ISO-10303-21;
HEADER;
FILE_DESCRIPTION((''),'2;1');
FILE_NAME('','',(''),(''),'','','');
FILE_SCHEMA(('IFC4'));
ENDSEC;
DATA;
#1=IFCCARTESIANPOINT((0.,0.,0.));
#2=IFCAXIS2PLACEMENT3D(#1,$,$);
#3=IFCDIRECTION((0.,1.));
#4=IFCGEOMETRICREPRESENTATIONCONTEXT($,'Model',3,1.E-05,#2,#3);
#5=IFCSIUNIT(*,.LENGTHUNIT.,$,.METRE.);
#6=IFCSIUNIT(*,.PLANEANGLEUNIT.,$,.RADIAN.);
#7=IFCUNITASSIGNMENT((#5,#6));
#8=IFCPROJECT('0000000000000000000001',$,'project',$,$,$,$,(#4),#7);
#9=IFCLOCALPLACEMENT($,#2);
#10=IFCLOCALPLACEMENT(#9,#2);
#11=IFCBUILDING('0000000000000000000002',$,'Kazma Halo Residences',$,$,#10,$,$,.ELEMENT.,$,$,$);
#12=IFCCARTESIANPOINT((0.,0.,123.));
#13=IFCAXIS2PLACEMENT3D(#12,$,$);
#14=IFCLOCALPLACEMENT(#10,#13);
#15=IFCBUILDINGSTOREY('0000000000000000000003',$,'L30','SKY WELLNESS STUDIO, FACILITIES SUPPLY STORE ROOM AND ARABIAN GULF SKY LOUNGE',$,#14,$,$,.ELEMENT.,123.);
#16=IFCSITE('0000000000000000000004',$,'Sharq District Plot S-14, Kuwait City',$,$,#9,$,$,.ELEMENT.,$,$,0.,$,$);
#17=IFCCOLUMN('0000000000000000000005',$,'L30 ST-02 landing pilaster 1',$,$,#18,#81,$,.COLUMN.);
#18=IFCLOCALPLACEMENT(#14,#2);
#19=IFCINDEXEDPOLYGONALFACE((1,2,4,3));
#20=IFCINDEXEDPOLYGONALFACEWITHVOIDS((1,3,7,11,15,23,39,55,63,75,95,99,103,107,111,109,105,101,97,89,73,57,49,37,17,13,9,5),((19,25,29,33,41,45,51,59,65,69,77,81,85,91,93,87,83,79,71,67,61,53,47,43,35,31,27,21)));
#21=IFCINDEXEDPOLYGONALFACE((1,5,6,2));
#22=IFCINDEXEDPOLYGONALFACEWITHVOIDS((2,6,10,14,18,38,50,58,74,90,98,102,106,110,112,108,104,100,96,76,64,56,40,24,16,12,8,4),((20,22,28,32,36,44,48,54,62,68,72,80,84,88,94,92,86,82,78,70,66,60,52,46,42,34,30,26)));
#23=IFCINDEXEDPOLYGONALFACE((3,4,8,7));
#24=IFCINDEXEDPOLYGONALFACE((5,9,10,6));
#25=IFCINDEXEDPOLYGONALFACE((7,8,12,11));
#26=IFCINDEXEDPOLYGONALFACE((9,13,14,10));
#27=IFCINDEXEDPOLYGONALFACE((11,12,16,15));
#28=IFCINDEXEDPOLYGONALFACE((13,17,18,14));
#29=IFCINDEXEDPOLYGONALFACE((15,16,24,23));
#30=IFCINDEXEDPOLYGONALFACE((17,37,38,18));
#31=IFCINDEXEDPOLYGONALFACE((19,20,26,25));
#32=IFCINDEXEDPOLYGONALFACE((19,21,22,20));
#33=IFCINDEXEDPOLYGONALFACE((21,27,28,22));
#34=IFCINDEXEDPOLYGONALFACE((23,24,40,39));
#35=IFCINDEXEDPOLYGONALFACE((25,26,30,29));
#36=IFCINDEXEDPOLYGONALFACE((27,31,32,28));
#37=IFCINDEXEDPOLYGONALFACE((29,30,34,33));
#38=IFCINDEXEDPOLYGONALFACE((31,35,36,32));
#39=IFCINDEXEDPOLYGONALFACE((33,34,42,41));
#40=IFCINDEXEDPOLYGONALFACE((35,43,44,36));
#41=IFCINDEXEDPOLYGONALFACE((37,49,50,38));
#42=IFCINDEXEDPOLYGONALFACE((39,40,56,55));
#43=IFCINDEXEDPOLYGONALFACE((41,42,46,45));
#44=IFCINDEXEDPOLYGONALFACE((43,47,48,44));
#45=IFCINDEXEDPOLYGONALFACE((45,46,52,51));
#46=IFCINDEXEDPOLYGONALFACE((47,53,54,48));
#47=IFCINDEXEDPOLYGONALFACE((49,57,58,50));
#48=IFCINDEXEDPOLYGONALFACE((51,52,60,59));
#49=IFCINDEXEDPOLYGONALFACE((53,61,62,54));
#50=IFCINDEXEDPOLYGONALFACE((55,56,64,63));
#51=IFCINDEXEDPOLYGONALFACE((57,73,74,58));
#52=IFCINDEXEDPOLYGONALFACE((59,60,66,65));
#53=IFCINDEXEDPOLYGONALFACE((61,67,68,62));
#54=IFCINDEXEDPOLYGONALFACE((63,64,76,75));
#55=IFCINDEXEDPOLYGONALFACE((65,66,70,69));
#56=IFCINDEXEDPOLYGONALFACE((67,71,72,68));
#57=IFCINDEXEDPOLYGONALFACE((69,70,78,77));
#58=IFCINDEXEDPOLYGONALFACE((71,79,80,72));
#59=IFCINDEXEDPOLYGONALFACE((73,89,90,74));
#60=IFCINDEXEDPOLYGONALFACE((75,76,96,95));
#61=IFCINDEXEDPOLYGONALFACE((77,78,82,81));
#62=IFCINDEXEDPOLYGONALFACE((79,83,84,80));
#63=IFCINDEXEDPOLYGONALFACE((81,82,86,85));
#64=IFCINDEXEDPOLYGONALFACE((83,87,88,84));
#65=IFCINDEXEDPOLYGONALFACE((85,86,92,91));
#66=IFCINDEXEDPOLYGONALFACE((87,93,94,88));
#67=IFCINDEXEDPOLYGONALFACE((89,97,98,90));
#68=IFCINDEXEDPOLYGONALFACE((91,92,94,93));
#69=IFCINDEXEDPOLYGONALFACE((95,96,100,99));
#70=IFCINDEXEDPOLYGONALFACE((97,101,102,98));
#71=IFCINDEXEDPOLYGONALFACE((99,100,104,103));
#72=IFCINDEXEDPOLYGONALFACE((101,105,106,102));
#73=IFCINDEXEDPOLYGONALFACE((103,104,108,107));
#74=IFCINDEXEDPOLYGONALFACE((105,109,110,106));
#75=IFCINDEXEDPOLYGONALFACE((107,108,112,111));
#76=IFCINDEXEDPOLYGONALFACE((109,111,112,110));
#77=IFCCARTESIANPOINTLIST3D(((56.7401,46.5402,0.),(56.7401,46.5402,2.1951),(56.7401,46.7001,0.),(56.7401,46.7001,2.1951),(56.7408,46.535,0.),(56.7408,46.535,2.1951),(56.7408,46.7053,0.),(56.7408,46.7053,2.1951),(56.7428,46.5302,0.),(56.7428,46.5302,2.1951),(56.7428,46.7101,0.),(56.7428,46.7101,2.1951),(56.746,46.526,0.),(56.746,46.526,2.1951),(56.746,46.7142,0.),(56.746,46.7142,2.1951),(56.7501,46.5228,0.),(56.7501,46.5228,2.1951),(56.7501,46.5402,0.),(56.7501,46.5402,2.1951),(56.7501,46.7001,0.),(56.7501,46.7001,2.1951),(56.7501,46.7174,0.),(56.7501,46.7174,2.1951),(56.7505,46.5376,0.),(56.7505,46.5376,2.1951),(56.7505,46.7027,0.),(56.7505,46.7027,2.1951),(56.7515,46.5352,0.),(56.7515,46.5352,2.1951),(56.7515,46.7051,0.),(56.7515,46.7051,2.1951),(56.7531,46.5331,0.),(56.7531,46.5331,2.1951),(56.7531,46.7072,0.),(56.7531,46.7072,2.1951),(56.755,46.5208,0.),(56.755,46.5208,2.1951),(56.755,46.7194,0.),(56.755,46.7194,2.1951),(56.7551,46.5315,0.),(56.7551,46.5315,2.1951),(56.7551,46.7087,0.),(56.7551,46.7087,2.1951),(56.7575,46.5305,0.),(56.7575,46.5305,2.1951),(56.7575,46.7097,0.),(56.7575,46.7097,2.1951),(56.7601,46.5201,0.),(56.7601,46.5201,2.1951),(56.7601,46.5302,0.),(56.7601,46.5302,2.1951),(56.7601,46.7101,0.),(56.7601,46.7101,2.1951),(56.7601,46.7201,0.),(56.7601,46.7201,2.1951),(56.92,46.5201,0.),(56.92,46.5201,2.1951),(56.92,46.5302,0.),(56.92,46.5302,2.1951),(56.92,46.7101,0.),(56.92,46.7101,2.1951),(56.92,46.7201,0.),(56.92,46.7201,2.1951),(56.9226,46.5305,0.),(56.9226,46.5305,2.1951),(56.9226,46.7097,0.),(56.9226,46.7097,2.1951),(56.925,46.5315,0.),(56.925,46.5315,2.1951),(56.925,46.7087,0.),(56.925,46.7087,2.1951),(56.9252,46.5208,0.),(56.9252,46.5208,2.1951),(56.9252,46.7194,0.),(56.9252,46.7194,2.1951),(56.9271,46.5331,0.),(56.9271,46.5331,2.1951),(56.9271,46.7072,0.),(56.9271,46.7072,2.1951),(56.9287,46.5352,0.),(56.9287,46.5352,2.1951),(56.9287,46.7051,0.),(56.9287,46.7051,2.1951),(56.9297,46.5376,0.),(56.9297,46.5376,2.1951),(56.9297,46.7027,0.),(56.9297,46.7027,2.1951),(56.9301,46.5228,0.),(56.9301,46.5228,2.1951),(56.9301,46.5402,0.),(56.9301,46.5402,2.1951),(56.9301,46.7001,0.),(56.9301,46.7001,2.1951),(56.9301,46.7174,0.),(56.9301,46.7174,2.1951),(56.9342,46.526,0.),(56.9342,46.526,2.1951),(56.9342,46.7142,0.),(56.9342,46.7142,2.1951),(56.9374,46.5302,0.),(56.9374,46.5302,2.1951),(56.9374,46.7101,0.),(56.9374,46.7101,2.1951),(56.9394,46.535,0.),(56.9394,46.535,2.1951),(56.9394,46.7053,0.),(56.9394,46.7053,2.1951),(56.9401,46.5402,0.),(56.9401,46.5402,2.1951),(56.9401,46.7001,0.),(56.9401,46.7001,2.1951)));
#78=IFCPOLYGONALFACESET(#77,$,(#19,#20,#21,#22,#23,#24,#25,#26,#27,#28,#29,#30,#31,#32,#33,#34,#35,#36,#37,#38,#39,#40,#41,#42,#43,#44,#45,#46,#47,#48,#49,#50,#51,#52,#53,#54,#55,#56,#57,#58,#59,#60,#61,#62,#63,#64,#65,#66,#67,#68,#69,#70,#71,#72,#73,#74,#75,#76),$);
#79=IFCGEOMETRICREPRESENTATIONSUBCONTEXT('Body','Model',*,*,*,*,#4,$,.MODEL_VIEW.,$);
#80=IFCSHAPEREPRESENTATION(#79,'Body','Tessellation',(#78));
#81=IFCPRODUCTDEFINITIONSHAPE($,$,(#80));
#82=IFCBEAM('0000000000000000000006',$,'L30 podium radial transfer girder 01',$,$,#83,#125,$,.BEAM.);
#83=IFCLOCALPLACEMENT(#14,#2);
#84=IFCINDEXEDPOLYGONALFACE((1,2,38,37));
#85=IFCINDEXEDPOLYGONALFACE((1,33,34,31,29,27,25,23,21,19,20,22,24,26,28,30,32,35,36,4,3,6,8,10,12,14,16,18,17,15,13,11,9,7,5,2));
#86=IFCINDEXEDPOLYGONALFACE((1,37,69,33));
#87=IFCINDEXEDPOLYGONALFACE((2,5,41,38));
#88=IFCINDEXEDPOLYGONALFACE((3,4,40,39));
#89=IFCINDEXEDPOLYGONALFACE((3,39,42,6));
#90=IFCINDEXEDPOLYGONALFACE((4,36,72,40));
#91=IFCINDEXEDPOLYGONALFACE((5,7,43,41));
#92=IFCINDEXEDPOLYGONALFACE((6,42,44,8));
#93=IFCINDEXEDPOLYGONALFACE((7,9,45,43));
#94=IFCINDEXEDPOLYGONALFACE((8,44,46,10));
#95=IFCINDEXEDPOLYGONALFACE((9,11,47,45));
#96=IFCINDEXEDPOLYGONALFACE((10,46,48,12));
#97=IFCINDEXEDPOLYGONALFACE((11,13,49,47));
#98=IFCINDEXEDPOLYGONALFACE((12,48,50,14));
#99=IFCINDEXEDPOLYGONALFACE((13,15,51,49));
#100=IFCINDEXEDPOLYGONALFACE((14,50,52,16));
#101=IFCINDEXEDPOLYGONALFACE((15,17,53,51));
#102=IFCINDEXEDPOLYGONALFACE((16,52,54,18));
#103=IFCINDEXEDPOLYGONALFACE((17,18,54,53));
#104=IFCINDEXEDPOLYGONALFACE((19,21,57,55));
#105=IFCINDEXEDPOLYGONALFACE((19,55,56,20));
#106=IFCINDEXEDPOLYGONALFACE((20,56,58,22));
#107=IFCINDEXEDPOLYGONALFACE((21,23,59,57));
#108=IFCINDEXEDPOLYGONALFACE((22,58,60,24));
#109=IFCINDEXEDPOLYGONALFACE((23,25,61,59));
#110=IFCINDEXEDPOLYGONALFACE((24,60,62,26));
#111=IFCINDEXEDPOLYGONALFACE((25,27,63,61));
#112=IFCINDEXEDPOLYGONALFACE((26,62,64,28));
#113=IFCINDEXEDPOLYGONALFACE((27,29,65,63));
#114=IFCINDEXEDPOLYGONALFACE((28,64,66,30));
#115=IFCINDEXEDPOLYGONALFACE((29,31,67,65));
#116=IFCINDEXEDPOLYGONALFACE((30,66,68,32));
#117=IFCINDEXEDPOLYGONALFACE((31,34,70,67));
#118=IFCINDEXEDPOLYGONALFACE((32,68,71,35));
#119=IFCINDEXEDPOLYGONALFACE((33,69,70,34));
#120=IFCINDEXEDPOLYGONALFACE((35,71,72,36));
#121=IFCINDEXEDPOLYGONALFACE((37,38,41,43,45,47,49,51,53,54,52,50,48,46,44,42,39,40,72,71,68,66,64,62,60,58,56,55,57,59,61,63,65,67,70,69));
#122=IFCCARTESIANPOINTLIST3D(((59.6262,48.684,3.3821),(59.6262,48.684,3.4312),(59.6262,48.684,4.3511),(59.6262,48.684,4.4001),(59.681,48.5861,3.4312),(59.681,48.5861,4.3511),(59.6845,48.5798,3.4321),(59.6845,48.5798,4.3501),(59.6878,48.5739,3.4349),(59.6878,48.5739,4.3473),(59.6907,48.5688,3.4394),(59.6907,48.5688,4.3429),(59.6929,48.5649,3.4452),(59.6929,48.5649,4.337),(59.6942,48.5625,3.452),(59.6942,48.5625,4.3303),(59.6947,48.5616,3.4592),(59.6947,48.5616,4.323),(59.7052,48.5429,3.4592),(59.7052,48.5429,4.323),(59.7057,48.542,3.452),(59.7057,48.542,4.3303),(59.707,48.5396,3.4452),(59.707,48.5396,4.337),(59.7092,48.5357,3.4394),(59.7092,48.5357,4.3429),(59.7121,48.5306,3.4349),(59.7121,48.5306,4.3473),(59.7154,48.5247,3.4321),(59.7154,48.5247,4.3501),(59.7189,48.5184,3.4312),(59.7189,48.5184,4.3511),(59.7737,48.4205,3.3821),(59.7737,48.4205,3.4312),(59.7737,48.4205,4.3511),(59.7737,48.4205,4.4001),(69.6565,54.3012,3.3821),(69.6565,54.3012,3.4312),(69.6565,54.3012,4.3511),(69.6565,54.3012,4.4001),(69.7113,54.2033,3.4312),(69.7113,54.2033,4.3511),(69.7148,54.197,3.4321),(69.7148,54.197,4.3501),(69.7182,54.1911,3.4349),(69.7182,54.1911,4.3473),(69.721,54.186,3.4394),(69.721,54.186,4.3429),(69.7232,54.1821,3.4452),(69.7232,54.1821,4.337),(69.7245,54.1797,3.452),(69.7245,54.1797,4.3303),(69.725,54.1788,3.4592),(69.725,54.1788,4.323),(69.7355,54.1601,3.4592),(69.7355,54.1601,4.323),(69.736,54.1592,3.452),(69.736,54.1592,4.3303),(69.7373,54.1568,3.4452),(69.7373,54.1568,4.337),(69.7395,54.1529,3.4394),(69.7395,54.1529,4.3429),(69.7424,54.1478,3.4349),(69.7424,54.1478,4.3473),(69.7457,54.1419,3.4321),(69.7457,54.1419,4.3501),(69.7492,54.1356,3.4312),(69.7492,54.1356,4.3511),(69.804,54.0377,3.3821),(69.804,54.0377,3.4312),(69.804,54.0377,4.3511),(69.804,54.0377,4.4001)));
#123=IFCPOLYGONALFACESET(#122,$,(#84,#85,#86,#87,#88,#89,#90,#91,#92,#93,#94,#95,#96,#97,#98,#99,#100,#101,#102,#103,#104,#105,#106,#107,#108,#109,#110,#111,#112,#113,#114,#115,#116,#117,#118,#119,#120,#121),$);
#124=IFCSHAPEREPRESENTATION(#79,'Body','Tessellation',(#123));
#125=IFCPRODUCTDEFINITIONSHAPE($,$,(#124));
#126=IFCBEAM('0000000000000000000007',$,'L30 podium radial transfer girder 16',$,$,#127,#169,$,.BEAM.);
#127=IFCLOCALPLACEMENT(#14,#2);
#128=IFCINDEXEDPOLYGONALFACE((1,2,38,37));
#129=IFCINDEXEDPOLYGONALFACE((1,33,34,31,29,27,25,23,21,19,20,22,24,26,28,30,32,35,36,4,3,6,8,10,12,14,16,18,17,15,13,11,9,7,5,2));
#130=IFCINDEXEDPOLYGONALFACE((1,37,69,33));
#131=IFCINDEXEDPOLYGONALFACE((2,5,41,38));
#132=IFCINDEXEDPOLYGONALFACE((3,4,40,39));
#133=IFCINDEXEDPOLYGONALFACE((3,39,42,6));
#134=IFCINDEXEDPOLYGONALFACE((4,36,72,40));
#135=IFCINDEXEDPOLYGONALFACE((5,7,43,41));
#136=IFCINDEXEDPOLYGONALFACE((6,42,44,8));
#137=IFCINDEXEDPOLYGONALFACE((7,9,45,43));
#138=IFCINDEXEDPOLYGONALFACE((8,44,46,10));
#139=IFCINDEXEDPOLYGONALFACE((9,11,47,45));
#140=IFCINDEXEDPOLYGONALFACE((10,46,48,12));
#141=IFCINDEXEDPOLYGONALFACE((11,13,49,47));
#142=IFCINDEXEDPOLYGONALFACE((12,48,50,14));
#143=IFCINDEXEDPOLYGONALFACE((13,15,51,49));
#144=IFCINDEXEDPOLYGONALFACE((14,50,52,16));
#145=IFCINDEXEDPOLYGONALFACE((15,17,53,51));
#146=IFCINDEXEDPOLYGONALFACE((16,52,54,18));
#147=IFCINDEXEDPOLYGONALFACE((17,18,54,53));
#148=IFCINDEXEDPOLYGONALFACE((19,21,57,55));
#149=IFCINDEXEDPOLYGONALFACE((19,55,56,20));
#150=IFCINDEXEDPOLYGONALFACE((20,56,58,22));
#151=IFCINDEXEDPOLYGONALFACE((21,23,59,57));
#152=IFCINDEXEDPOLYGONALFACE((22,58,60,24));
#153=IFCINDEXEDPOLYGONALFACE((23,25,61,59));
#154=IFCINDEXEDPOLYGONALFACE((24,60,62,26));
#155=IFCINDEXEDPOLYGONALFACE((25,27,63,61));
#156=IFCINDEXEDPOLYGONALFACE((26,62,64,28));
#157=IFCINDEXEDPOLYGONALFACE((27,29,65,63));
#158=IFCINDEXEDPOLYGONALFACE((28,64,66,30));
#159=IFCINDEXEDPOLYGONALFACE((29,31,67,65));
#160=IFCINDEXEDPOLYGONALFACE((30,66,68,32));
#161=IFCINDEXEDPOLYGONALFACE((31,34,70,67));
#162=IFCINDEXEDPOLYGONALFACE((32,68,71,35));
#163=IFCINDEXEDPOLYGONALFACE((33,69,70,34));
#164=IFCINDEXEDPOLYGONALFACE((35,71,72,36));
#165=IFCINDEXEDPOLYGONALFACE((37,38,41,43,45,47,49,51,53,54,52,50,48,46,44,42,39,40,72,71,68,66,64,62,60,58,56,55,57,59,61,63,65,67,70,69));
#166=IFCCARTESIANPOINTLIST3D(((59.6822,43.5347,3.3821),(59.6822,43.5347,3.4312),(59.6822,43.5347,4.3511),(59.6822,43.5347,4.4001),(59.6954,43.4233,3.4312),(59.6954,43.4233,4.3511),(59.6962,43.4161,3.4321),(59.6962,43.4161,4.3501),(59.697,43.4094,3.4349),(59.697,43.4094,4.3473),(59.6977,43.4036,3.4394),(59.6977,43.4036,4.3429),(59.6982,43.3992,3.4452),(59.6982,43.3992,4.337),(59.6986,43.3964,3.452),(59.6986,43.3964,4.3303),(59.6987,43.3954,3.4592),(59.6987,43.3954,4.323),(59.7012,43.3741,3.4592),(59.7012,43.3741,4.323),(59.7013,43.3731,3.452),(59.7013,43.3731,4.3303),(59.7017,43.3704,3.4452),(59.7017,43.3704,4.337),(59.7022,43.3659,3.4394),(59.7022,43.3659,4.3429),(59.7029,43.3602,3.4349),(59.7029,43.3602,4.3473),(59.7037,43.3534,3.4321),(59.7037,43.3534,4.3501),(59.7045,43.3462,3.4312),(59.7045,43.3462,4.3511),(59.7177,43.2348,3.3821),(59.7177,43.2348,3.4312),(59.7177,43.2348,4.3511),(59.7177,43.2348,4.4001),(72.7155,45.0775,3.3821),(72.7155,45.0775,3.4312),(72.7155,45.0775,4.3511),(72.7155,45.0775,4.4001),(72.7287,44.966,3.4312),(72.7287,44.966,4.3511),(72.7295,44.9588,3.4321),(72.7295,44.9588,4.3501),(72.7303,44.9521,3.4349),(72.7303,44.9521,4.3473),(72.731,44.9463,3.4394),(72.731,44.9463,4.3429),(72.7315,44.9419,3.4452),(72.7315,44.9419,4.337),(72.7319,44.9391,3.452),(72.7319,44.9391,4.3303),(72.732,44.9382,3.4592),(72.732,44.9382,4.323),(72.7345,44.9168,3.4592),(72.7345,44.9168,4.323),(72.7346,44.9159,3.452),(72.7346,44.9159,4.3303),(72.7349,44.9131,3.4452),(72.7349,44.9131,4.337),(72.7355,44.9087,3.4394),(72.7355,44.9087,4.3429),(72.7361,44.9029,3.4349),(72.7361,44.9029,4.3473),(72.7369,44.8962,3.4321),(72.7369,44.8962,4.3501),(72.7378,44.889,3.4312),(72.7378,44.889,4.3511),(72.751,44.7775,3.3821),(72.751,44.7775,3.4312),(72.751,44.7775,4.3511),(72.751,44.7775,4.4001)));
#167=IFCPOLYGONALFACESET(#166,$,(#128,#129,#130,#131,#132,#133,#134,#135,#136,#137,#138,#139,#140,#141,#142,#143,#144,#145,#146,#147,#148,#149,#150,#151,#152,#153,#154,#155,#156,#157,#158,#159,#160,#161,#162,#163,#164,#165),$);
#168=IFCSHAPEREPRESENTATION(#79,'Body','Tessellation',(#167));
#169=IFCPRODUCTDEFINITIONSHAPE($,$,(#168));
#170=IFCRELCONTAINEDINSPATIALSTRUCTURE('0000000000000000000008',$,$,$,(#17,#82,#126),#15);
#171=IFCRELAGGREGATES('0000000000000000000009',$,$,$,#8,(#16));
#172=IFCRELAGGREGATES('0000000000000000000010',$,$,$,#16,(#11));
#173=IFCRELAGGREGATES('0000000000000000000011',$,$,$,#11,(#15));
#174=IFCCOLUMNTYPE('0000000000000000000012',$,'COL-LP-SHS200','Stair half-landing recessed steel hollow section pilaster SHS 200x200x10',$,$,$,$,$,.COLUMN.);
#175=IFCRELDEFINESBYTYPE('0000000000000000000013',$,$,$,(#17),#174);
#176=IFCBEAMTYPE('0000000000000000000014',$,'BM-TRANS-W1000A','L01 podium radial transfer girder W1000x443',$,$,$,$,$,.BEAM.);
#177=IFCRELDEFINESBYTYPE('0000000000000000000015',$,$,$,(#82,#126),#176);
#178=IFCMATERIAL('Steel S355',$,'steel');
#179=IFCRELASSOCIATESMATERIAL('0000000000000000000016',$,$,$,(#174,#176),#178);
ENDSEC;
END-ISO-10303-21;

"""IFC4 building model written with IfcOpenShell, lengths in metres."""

from ifc_helpers import new_model, si_unit, direction, frame, origin, origin_2d, place, context, subcontext, project, spatial, hollow_rectangle, i_section, extrude, material, material_profile, profile_set, type_object, element, save


model = new_model("IFC4")

# Units and contexts
model_context = context("Model", 3, precision=1e-05, world=origin(), true_north=direction((0.0, 1.0)))
body_context = subcontext(model_context, "Body", "Model", "MODEL_VIEW")
ifc_project = project(units=[si_unit("LENGTHUNIT", "METRE"), si_unit("PLANEANGLEUNIT", "RADIAN")], contexts=[model_context])

# Site, building, storey
site_placement = place(None, origin())
site = spatial("IfcSite", under=ifc_project, at=site_placement, Name="Sharq District Plot S-14, Kuwait City", CompositionType="ELEMENT", RefElevation=0.0)
building_placement = place(site_placement, origin())
building = spatial("IfcBuilding", under=site, at=building_placement, Name="Kazma Halo Residences", CompositionType="ELEMENT")
storey_placement = place(building_placement, frame((0.0, 0.0, 123.0)))
storey = spatial("IfcBuildingStorey", under=building, at=storey_placement, Name="L30", Description="SKY WELLNESS STUDIO, FACILITIES SUPPLY STORE ROOM AND ARABIAN GULF SKY LOUNGE", CompositionType="ELEMENT", Elevation=123.0)

# Column
ifc_material_1 = material(Name="Steel S355", Category="steel")
ifc_material_profile_1 = material_profile(ifc_material_1, hollow_rectangle(XDim=0.2, YDim=0.2, WallThickness=0.01, InnerFilletRadius=0.01, OuterFilletRadius=0.02, at=origin_2d()), Name="SHS200x200x10")
ifc_profile_set_1 = profile_set([ifc_material_profile_1], Name="Steel S355")
column_type = type_object("IfcColumnType", Name="COL-LP-SHS200", Description="Stair half-landing recessed steel hollow section pilaster SHS 200x200x10", PredefinedType="COLUMN", material=ifc_profile_set_1)
column_placement = place(storey_placement, frame((56.8401, 46.6201, 0.0), z_axis=(0.0, 0.0, 1.0), x_axis=(1.0, 0.0, 0.0)))
element("IfcColumn", 1, at=column_placement, inside=storey, type_object=column_type, Name="L30 ST-02 landing pilaster 1", PredefinedType="COLUMN", context=body_context, shape_type="SweptSolid", body=[
    extrude(hollow_rectangle(XDim=0.2, YDim=0.2, WallThickness=0.01, InnerFilletRadius=0.01, OuterFilletRadius=0.02, at=origin_2d()), origin(), (0.0, 0.0, 1.0), 2.1951),
])

# Beams
ifc_material_profile_2 = material_profile(ifc_material_1, i_section(OverallWidth=0.302, OverallDepth=1.0181, WebThickness=0.0215, FlangeThickness=0.0491, FilletRadius=0.0281, at=origin_2d()), Name="W1000x443")
ifc_profile_set_2 = profile_set([ifc_material_profile_2], Name="Steel S355")
beam_type_1 = type_object("IfcBeamType", Name="BM-TRANS-W1000A", Description="L01 podium radial transfer girder W1000x443", PredefinedType="BEAM", material=ifc_profile_set_2)
beam_1_placement = place(storey_placement, frame((59.7, 48.5522, 3.8911), z_axis=(0.872497, 0.488619, 0.0), x_axis=(-0.488619, 0.872497, 0.0)))
element("IfcBeam", 2, at=beam_1_placement, inside=storey, type_object=beam_type_1, Name="L30 podium radial transfer girder 01", PredefinedType="BEAM", context=body_context, shape_type="SweptSolid", body=[
    extrude(i_section(OverallWidth=0.302, OverallDepth=1.0181, WebThickness=0.0215, FlangeThickness=0.0491, FilletRadius=0.0281, at=origin_2d()), origin(), (0.0, 0.0, 1.0), 11.4961),
])
beam_2_placement = place(storey_placement, frame((59.7, 43.3848, 3.8911), z_axis=(0.993067, 0.117548, 0.0), x_axis=(-0.117548, 0.993067, 0.0)))
element("IfcBeam", 3, at=beam_2_placement, inside=storey, type_object=beam_type_1, Name="L30 podium radial transfer girder 16", PredefinedType="BEAM", context=body_context, shape_type="SweptSolid", body=[
    extrude(i_section(OverallWidth=0.302, OverallDepth=1.0181, WebThickness=0.0215, FlangeThickness=0.0491, FilletRadius=0.0281, at=origin_2d()), origin(), (0.0, 0.0, 1.0), 13.1243),
])

save(model, "model.ifc")
